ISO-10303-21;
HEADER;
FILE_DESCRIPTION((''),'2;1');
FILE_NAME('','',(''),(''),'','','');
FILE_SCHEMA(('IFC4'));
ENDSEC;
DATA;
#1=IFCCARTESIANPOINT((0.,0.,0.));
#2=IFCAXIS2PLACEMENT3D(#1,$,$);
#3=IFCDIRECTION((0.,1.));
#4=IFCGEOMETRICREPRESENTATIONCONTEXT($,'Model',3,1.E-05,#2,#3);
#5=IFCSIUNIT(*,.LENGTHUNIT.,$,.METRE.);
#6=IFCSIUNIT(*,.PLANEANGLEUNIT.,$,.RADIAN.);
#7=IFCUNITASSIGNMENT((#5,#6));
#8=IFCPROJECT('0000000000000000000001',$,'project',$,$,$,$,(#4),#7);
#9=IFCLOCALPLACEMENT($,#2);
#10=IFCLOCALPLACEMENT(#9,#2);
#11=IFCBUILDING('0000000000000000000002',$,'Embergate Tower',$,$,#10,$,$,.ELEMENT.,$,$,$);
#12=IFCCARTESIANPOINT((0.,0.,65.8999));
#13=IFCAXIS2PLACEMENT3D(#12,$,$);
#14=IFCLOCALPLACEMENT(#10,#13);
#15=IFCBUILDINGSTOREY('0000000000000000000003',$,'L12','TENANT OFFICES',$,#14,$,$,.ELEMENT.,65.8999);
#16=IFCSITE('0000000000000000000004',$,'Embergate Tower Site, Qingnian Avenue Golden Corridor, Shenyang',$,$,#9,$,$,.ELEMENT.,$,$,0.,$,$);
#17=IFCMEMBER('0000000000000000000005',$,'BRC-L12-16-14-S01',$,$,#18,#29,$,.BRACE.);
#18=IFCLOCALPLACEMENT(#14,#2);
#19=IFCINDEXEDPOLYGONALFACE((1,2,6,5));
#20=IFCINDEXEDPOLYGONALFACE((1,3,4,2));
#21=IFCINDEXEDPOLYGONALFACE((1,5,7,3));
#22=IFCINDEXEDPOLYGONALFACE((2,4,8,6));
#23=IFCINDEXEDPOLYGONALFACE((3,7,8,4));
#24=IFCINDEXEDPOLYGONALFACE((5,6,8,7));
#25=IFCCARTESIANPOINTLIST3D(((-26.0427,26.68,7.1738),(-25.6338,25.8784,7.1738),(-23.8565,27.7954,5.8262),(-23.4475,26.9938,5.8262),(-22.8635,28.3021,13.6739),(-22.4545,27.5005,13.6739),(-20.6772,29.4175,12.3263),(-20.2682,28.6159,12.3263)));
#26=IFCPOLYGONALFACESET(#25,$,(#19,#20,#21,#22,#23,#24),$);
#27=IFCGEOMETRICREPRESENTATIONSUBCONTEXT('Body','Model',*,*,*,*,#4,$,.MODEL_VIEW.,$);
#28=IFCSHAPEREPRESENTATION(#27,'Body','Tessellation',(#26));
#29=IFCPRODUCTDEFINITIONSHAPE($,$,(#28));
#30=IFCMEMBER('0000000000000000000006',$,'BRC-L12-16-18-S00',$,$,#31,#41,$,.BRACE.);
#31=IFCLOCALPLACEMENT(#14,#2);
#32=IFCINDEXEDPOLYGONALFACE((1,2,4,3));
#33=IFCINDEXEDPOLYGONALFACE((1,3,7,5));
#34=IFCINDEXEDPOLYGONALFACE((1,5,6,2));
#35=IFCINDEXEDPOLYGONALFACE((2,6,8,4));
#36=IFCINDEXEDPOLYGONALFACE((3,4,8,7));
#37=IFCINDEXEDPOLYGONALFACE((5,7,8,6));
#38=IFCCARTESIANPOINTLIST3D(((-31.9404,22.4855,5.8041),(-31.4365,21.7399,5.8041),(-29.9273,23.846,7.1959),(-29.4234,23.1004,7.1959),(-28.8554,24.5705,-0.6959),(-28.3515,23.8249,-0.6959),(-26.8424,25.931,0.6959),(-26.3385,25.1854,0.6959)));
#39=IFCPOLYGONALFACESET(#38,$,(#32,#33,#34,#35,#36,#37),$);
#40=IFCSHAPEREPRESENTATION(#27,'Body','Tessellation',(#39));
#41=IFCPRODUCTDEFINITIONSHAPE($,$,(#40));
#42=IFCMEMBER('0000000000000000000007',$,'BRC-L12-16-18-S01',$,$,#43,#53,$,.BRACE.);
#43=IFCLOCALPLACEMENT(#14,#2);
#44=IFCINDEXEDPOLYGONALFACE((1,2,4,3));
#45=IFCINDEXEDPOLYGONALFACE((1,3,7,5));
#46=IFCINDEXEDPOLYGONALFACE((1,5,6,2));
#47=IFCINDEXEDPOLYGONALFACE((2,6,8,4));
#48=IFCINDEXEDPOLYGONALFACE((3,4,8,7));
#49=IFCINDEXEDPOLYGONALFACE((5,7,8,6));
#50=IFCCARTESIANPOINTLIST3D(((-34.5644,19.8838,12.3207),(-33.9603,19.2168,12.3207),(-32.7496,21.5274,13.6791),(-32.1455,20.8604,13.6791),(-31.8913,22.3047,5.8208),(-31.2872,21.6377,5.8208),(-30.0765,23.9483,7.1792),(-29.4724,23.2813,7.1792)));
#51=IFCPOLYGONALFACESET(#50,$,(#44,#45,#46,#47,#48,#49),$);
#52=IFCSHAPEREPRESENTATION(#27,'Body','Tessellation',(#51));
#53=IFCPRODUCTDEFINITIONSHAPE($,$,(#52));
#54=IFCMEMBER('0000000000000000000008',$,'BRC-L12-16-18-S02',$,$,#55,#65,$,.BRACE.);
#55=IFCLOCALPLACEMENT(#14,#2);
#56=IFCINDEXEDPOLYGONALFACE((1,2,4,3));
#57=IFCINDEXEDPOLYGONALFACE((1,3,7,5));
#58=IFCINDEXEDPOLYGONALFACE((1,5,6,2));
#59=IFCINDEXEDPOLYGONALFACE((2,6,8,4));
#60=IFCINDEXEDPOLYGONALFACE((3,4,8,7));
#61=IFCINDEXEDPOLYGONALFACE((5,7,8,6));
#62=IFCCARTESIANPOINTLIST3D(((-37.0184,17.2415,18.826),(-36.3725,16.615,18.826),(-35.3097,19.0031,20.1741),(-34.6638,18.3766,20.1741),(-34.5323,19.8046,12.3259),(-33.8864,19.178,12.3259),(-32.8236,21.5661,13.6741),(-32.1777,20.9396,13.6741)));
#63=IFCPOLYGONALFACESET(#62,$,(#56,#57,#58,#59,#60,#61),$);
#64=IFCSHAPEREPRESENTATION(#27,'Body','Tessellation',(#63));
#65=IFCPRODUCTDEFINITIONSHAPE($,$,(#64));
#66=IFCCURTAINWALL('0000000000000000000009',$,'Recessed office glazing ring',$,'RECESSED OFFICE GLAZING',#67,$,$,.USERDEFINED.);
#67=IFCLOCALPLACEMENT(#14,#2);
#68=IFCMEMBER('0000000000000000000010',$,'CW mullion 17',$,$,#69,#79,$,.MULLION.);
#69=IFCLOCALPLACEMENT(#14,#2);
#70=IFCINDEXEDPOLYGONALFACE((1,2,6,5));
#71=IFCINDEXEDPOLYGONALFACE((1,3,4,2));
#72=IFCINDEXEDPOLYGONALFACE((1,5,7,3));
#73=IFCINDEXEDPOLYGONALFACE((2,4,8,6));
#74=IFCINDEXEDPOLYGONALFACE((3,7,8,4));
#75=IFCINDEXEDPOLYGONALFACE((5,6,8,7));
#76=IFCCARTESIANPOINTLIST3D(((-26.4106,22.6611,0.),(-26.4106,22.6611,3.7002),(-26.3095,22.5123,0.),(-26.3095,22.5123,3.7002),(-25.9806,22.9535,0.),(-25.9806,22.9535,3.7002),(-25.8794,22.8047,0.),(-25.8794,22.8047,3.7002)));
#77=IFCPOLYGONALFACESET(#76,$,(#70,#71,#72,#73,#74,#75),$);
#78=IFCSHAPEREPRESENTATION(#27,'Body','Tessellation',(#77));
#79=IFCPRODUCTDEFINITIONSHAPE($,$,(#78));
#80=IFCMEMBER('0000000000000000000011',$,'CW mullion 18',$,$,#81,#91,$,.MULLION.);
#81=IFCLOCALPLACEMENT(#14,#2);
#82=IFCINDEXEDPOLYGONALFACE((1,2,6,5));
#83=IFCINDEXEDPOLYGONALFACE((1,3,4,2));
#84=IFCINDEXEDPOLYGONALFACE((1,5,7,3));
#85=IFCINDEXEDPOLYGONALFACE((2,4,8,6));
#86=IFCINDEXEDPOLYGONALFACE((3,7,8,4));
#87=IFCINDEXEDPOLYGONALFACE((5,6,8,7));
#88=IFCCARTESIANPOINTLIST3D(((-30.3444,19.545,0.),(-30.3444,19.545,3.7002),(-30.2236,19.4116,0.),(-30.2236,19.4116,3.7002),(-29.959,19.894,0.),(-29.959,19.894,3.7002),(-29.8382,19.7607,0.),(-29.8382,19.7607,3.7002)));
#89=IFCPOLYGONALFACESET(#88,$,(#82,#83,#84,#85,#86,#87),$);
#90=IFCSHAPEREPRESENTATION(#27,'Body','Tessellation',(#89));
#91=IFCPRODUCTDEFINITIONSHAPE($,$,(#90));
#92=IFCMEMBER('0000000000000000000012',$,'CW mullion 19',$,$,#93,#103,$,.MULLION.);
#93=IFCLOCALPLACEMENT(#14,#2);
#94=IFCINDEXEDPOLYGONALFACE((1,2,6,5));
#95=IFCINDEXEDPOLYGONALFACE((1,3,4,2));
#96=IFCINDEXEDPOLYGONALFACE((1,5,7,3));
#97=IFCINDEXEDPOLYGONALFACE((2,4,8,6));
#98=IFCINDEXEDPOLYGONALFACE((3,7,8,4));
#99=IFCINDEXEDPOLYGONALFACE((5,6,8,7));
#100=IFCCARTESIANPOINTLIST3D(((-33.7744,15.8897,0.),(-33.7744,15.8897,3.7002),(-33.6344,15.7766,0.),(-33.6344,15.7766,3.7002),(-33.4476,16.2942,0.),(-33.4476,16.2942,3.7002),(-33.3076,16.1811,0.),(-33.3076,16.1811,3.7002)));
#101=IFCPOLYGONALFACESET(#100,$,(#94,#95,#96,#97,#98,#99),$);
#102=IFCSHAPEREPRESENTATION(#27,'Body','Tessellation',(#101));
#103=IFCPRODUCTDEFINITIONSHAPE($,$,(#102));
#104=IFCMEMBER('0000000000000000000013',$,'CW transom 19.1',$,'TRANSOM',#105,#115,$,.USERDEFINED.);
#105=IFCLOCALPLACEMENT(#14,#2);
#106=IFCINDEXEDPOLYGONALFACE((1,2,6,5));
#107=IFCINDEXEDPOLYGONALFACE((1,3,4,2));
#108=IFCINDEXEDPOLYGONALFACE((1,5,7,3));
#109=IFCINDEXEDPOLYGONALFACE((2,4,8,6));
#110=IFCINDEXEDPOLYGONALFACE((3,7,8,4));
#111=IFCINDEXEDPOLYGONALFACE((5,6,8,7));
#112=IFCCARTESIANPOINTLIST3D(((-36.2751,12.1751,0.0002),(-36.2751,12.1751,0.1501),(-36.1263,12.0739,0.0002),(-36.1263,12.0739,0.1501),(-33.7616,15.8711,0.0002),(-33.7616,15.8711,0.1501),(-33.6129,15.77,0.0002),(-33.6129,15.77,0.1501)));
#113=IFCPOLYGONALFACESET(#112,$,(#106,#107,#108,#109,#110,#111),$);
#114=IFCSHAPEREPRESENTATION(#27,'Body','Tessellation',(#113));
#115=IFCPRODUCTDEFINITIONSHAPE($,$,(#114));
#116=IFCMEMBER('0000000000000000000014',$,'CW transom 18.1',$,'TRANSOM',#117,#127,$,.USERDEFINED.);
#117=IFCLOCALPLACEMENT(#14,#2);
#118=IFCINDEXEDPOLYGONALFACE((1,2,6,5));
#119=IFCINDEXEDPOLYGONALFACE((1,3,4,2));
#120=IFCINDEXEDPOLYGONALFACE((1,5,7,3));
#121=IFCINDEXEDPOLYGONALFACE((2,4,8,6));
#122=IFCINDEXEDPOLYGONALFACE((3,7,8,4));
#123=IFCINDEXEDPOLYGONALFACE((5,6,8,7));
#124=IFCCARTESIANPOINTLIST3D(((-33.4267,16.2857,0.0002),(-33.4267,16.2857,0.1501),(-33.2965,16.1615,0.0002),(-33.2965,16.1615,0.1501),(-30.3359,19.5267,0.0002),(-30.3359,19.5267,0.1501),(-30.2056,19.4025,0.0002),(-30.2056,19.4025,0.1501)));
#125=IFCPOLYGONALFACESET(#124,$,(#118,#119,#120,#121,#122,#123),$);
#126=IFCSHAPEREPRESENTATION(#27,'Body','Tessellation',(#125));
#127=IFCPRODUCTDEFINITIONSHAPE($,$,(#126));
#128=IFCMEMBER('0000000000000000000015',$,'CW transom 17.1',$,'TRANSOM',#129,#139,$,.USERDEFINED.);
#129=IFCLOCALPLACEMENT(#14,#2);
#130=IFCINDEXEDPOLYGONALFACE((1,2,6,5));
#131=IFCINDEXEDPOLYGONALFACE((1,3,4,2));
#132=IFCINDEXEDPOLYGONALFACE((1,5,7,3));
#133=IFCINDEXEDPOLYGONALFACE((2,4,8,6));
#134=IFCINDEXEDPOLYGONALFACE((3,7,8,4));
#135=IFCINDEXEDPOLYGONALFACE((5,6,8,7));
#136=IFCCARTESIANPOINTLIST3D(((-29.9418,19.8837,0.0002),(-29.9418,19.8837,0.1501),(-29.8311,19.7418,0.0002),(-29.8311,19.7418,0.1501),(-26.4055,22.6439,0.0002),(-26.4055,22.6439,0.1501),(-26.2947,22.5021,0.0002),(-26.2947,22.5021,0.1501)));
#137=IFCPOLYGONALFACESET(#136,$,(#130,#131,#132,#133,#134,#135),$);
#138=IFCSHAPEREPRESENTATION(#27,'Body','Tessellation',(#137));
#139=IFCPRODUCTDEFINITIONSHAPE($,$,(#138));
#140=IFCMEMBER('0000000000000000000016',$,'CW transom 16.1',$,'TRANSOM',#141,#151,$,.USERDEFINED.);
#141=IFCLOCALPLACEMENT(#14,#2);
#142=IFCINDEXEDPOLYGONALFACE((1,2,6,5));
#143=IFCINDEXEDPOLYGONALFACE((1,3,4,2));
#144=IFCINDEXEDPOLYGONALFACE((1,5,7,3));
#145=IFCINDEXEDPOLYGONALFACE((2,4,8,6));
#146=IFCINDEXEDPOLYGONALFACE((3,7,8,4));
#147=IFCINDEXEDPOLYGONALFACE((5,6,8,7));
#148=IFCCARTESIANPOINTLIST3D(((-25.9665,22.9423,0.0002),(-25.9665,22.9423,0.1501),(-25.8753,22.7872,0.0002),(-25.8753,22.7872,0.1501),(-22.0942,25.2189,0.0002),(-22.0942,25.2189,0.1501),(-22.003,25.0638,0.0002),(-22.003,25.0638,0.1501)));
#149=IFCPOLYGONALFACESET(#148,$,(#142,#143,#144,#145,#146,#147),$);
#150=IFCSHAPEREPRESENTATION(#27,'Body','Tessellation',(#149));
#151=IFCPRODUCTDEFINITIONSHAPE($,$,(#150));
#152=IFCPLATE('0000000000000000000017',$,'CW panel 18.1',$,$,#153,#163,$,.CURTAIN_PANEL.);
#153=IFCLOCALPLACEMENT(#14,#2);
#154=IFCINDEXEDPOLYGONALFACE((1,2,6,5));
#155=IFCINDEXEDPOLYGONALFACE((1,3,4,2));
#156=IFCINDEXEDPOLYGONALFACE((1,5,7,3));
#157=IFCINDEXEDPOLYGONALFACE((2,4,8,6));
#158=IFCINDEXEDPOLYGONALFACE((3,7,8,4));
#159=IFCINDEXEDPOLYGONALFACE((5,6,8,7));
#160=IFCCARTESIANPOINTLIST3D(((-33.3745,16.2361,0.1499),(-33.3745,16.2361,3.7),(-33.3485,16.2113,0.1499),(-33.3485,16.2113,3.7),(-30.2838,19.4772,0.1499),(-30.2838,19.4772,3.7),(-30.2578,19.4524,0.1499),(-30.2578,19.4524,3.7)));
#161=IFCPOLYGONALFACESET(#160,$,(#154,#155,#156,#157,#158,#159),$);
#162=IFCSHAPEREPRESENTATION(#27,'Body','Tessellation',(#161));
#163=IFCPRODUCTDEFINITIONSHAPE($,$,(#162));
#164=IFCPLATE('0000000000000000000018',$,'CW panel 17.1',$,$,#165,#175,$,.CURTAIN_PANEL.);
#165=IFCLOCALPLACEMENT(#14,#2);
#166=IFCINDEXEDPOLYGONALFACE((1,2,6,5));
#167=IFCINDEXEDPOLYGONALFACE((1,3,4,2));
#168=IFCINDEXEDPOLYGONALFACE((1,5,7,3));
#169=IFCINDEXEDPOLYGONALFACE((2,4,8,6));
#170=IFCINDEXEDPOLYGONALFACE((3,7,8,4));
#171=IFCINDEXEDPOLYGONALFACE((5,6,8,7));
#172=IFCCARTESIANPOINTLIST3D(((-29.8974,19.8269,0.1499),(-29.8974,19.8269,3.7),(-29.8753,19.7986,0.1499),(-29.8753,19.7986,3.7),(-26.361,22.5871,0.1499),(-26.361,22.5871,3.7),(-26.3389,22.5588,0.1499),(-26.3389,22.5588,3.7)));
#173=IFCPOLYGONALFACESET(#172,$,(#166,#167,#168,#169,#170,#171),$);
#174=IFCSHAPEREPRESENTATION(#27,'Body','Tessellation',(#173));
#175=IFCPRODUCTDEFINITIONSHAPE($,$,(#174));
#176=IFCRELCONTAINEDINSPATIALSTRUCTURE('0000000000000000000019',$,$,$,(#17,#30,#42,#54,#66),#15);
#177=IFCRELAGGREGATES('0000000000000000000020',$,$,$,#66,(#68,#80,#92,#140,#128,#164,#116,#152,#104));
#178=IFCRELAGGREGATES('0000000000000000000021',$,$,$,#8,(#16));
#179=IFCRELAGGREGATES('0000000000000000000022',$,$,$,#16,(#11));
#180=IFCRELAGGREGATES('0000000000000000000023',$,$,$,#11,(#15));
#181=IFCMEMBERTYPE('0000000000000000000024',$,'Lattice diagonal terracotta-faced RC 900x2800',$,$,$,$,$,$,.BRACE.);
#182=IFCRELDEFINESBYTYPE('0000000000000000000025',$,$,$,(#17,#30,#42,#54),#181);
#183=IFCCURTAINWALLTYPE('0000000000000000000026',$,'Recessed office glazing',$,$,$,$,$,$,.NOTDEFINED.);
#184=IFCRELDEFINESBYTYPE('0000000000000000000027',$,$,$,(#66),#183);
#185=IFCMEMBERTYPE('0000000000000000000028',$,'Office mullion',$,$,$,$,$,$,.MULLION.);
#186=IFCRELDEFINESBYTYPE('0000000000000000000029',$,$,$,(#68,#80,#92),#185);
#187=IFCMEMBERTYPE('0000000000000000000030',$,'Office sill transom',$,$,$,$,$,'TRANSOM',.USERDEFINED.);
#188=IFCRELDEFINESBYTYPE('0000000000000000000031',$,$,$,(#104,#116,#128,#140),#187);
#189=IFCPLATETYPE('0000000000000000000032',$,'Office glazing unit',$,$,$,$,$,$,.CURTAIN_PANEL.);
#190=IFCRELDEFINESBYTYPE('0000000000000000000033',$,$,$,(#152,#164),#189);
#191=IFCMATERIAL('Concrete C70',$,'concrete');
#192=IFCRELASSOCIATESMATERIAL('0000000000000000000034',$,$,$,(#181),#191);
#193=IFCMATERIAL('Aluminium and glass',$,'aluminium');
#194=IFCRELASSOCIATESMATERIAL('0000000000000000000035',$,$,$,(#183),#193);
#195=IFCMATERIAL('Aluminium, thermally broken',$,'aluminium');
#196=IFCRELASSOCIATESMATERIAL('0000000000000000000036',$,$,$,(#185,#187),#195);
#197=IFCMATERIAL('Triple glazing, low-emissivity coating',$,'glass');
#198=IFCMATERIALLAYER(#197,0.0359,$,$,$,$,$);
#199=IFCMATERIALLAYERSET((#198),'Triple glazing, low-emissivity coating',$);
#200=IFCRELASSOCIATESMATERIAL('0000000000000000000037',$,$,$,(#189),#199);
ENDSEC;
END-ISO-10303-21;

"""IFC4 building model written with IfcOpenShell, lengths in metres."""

from ifc_helpers import new_model, si_unit, direction, frame, origin, origin_2d, place, context, subcontext, project, spatial, rectangle, extrude, source, transform, mapped, material, layer, layer_set, material_profile, profile_set, type_object, element, aggregate, save


model = new_model("IFC4")

# Units and contexts
model_context = context("Model", 3, precision=1e-05, world=origin(), true_north=direction((0.0, 1.0)))
body_context = subcontext(model_context, "Body", "Model", "MODEL_VIEW")
ifc_project = project(units=[si_unit("LENGTHUNIT", "METRE"), si_unit("PLANEANGLEUNIT", "RADIAN")], contexts=[model_context])

# Site, building, storey
site_placement = place(None, origin())
site = spatial("IfcSite", under=ifc_project, at=site_placement, Name="Embergate Tower Site, Qingnian Avenue Golden Corridor, Shenyang", CompositionType="ELEMENT", RefElevation=0.0)
building_placement = place(site_placement, origin())
building = spatial("IfcBuilding", under=site, at=building_placement, Name="Embergate Tower", CompositionType="ELEMENT")
storey_placement = place(building_placement, frame((0.0, 0.0, 65.8999)))
storey = spatial("IfcBuildingStorey", under=building, at=storey_placement, Name="L12", Description="TENANT OFFICES", CompositionType="ELEMENT", Elevation=65.8999)

# Shared definitions
ifc_material_1 = material(Name="Concrete C70", Category="concrete")

# Members
ifc_material_profile_1 = material_profile(ifc_material_1, rectangle(XDim=0.8999, YDim=2.8, at=origin_2d()), Name="RC 900x2800")
ifc_profile_set_1 = profile_set([ifc_material_profile_1], Name="Concrete C70")
member_type_1 = type_object("IfcMemberType", Name="Lattice diagonal terracotta-faced RC 900x2800", PredefinedType="BRACE", material=ifc_profile_set_1)
shared_shape_1 = source(origin(), body_context, "Body", "SweptSolid", [
    extrude(rectangle(XDim=0.8999, YDim=2.8, at=origin_2d()), origin(), (0.0, 0.0, 1.0), 7.4155),
])
member_1_placement = place(storey_placement, frame((-24.7451, 26.8369, 6.5), z_axis=(0.428728, 0.218743, 0.876552), x_axis=(-0.454477, 0.890758, 0.0)))
element("IfcMember", 1, at=member_1_placement, inside=storey, type_object=member_type_1, Name="BRC-L12-16-14-S01", PredefinedType="BRACE", context=body_context, shape_type="MappedRepresentation", body=[
    mapped(shared_shape_1, transform((0.0, 0.0, 0.0))),
])
shared_shape_2 = source(origin(), body_context, "Body", "SweptSolid", [
    extrude(rectangle(XDim=0.8999, YDim=2.8, at=origin_2d()), origin(), (0.0, 0.0, 1.0), 7.491),
])
member_2_placement = place(storey_placement, frame((-27.5969, 24.8779, 0.0), z_axis=(-0.411826, -0.278331, 0.867716), x_axis=(0.559955, -0.828523, 0.0)))
element("IfcMember", 2, at=member_2_placement, inside=storey, type_object=member_type_1, Name="BRC-L12-16-18-S00", PredefinedType="BRACE", context=body_context, shape_type="MappedRepresentation", body=[
    mapped(shared_shape_2, transform((0.0, 0.0, 0.0))),
])
shared_shape_3 = source(origin(), body_context, "Body", "SweptSolid", [
    extrude(rectangle(XDim=0.8999, YDim=2.8, at=origin_2d()), origin(), (0.0, 0.0, 1.0), 7.4333),
])
member_3_placement = place(storey_placement, frame((-30.6819, 22.793, 6.5), z_axis=(-0.359604, -0.325676, 0.874426), x_axis=(0.671277, -0.741207, 0.0)))
element("IfcMember", 3, at=member_3_placement, inside=storey, type_object=member_type_1, Name="BRC-L12-16-18-S01", PredefinedType="BRACE", context=body_context, shape_type="MappedRepresentation", body=[
    mapped(shared_shape_3, transform((0.0, 0.0, 0.0))),
])
shared_shape_4 = source(origin(), body_context, "Body", "SweptSolid", [
    extrude(rectangle(XDim=0.8999, YDim=2.8, at=origin_2d()), origin(), (0.0, 0.0, 1.0), 7.4163),
])
member_4_placement = place(storey_placement, frame((-33.355, 20.3721, 13.0), z_axis=(-0.335225, -0.345595, 0.876464), x_axis=(0.717794, -0.696256, 0.0)))
element("IfcMember", 4, at=member_4_placement, inside=storey, type_object=member_type_1, Name="BRC-L12-16-18-S02", PredefinedType="BRACE", context=body_context, shape_type="MappedRepresentation", body=[
    mapped(shared_shape_4, transform((0.0, 0.0, 0.0))),
])

# Curtain wall, members, plates
ifc_material_2 = material(Name="Aluminium and glass", Category="aluminium")
curtain_wall_type = type_object("IfcCurtainWallType", Name="Recessed office glazing", PredefinedType="NOTDEFINED", material=ifc_material_2)
curtain_wall_placement = place(storey_placement, origin())
curtain_wall = element("IfcCurtainWall", 5, at=curtain_wall_placement, inside=storey, type_object=curtain_wall_type, Name="Recessed office glazing ring", ObjectType="RECESSED OFFICE GLAZING", PredefinedType="USERDEFINED")
ifc_material_3 = material(Name="Aluminium, thermally broken", Category="aluminium")
ifc_material_profile_2 = material_profile(ifc_material_3, rectangle(XDim=0.1799, YDim=0.52, at=origin_2d()), Name="AL 520x180")
ifc_profile_set_2 = profile_set([ifc_material_profile_2], Name="Aluminium, thermally broken")
member_type_2 = type_object("IfcMemberType", Name="Office mullion", PredefinedType="MULLION", material=ifc_profile_set_2)
shared_shape_5 = source(origin(), body_context, "Body", "SweptSolid", [
    extrude(rectangle(XDim=0.1799, YDim=0.52, at=origin_2d()), origin(), (0.0, 0.0, 1.0), 3.7002),
])
member_5_placement = place(storey_placement, frame((-26.145, 22.7329, 0.0), z_axis=(0.0, 0.0, 1.0), x_axis=(0.562229, -0.826981, 0.0)))
member_5 = element("IfcMember", 6, at=member_5_placement, type_object=member_type_2, Name="CW mullion 17", PredefinedType="MULLION", context=body_context, shape_type="MappedRepresentation", body=[
    mapped(shared_shape_5, transform((0.0, 0.0, 0.0))),
])
member_6_placement = place(storey_placement, frame((-30.0913, 19.6528, 0.0), z_axis=(0.0, 0.0, 1.0), x_axis=(0.671239, -0.741241, 0.0)))
member_6 = element("IfcMember", 7, at=member_6_placement, type_object=member_type_2, Name="CW mullion 18", PredefinedType="MULLION", context=body_context, shape_type="MappedRepresentation", body=[
    mapped(shared_shape_5, transform((0.0, 0.0, 0.0))),
])
member_7_placement = place(storey_placement, frame((-33.541, 16.0354, 0.0), z_axis=(0.0, 0.0, 1.0), x_axis=(0.777884, -0.628408, 0.0)))
member_7 = element("IfcMember", 8, at=member_7_placement, type_object=member_type_2, Name="CW mullion 19", PredefinedType="MULLION", context=body_context, shape_type="MappedRepresentation", body=[
    mapped(shared_shape_5, transform((0.0, 0.0, 0.0))),
])
ifc_material_profile_3 = material_profile(ifc_material_3, rectangle(XDim=0.1799, YDim=0.1499, at=origin_2d()), Name="AL 150x180")
ifc_profile_set_3 = profile_set([ifc_material_profile_3], Name="Aluminium, thermally broken")
member_type_3 = type_object("IfcMemberType", Name="Office sill transom", ElementType="TRANSOM", PredefinedType="USERDEFINED", material=ifc_profile_set_3)
shared_shape_6 = source(origin(), body_context, "Body", "SweptSolid", [
    extrude(rectangle(XDim=0.1799, YDim=0.1499, at=origin_2d()), origin(), (0.0, 0.0, 1.0), 4.4697),
])
member_8_placement = place(storey_placement, frame((-33.6873, 15.8206, 0.0752), z_axis=(-0.562328, -0.826914, 0.0), x_axis=(0.826914, -0.562328, 0.0)))
member_8 = element("IfcMember", 9, at=member_8_placement, type_object=member_type_3, Name="CW transom 19.1", ObjectType="TRANSOM", PredefinedType="USERDEFINED", context=body_context, shape_type="MappedRepresentation", body=[
    mapped(shared_shape_6, transform((0.0, 0.0, 0.0))),
])
shared_shape_7 = source(origin(), body_context, "Body", "SweptSolid", [
    extrude(rectangle(XDim=0.1799, YDim=0.1499, at=origin_2d()), origin(), (0.0, 0.0, 1.0), 4.4785),
])
member_9_placement = place(storey_placement, frame((-30.2708, 19.4646, 0.0752), z_axis=(-0.690145, -0.723671, 0.0), x_axis=(0.723671, -0.690145, 0.0)))
member_9 = element("IfcMember", 10, at=member_9_placement, type_object=member_type_3, Name="CW transom 18.1", ObjectType="TRANSOM", PredefinedType="USERDEFINED", context=body_context, shape_type="MappedRepresentation", body=[
    mapped(shared_shape_7, transform((0.0, 0.0, 0.0))),
])
shared_shape_8 = source(origin(), body_context, "Body", "SweptSolid", [
    extrude(rectangle(XDim=0.1799, YDim=0.1499, at=origin_2d()), origin(), (0.0, 0.0, 1.0), 4.4861),
])
member_10_placement = place(storey_placement, frame((-26.3501, 22.573, 0.0752), z_axis=(-0.788299, -0.615292, 0.0), x_axis=(0.615292, -0.788299, 0.0)))
member_10 = element("IfcMember", 11, at=member_10_placement, type_object=member_type_3, Name="CW transom 17.1", ObjectType="TRANSOM", PredefinedType="USERDEFINED", context=body_context, shape_type="MappedRepresentation", body=[
    mapped(shared_shape_8, transform((0.0, 0.0, 0.0))),
])
shared_shape_9 = source(origin(), body_context, "Body", "SweptSolid", [
    extrude(rectangle(XDim=0.1799, YDim=0.1499, at=origin_2d()), origin(), (0.0, 0.0, 1.0), 4.4919),
])
member_11_placement = place(storey_placement, frame((-22.0486, 25.1414, 0.0752), z_axis=(-0.862053, -0.506818, 0.0), x_axis=(0.506818, -0.862053, 0.0)))
member_11 = element("IfcMember", 12, at=member_11_placement, type_object=member_type_3, Name="CW transom 16.1", ObjectType="TRANSOM", PredefinedType="USERDEFINED", context=body_context, shape_type="MappedRepresentation", body=[
    mapped(shared_shape_9, transform((0.0, 0.0, 0.0))),
])
ifc_material_4 = material(Name="Triple glazing, low-emissivity coating", Category="glass")
ifc_layer = layer(ifc_material_4, 0.0359)
ifc_layer_set = layer_set([ifc_layer], Name="Triple glazing, low-emissivity coating")
plate_type = type_object("IfcPlateType", Name="Office glazing unit", PredefinedType="CURTAIN_PANEL", material=ifc_layer_set)
shared_shape_10 = source(origin(), body_context, "Body", "SweptSolid", [
    extrude(rectangle(XDim=4.4785, YDim=0.0359, at=origin_2d()), origin(), (0.0, 0.0, 1.0), 3.55),
])
plate_1_placement = place(storey_placement, frame((-31.8162, 17.8442, 0.1499), z_axis=(0.0, 0.0, 1.0), x_axis=(-0.690125, -0.72369, 0.0)))
plate_1 = element("IfcPlate", 13, at=plate_1_placement, type_object=plate_type, Name="CW panel 18.1", PredefinedType="CURTAIN_PANEL", context=body_context, shape_type="MappedRepresentation", body=[
    mapped(shared_shape_10, transform((0.0, 0.0, 0.0))),
])
shared_shape_11 = source(origin(), body_context, "Body", "SweptSolid", [
    extrude(rectangle(XDim=4.4861, YDim=0.0359, at=origin_2d()), origin(), (0.0, 0.0, 1.0), 3.55),
])
plate_2_placement = place(storey_placement, frame((-28.1182, 21.1929, 0.1499), z_axis=(0.0, 0.0, 1.0), x_axis=(-0.788313, -0.615275, 0.0)))
plate_2 = element("IfcPlate", 14, at=plate_2_placement, type_object=plate_type, Name="CW panel 17.1", PredefinedType="CURTAIN_PANEL", context=body_context, shape_type="MappedRepresentation", body=[
    mapped(shared_shape_11, transform((0.0, 0.0, 0.0))),
])
aggregate(curtain_wall, [member_5, member_6, member_7, member_11, member_10, plate_2, member_9, plate_1, member_8])

save(model, "model.ifc")
